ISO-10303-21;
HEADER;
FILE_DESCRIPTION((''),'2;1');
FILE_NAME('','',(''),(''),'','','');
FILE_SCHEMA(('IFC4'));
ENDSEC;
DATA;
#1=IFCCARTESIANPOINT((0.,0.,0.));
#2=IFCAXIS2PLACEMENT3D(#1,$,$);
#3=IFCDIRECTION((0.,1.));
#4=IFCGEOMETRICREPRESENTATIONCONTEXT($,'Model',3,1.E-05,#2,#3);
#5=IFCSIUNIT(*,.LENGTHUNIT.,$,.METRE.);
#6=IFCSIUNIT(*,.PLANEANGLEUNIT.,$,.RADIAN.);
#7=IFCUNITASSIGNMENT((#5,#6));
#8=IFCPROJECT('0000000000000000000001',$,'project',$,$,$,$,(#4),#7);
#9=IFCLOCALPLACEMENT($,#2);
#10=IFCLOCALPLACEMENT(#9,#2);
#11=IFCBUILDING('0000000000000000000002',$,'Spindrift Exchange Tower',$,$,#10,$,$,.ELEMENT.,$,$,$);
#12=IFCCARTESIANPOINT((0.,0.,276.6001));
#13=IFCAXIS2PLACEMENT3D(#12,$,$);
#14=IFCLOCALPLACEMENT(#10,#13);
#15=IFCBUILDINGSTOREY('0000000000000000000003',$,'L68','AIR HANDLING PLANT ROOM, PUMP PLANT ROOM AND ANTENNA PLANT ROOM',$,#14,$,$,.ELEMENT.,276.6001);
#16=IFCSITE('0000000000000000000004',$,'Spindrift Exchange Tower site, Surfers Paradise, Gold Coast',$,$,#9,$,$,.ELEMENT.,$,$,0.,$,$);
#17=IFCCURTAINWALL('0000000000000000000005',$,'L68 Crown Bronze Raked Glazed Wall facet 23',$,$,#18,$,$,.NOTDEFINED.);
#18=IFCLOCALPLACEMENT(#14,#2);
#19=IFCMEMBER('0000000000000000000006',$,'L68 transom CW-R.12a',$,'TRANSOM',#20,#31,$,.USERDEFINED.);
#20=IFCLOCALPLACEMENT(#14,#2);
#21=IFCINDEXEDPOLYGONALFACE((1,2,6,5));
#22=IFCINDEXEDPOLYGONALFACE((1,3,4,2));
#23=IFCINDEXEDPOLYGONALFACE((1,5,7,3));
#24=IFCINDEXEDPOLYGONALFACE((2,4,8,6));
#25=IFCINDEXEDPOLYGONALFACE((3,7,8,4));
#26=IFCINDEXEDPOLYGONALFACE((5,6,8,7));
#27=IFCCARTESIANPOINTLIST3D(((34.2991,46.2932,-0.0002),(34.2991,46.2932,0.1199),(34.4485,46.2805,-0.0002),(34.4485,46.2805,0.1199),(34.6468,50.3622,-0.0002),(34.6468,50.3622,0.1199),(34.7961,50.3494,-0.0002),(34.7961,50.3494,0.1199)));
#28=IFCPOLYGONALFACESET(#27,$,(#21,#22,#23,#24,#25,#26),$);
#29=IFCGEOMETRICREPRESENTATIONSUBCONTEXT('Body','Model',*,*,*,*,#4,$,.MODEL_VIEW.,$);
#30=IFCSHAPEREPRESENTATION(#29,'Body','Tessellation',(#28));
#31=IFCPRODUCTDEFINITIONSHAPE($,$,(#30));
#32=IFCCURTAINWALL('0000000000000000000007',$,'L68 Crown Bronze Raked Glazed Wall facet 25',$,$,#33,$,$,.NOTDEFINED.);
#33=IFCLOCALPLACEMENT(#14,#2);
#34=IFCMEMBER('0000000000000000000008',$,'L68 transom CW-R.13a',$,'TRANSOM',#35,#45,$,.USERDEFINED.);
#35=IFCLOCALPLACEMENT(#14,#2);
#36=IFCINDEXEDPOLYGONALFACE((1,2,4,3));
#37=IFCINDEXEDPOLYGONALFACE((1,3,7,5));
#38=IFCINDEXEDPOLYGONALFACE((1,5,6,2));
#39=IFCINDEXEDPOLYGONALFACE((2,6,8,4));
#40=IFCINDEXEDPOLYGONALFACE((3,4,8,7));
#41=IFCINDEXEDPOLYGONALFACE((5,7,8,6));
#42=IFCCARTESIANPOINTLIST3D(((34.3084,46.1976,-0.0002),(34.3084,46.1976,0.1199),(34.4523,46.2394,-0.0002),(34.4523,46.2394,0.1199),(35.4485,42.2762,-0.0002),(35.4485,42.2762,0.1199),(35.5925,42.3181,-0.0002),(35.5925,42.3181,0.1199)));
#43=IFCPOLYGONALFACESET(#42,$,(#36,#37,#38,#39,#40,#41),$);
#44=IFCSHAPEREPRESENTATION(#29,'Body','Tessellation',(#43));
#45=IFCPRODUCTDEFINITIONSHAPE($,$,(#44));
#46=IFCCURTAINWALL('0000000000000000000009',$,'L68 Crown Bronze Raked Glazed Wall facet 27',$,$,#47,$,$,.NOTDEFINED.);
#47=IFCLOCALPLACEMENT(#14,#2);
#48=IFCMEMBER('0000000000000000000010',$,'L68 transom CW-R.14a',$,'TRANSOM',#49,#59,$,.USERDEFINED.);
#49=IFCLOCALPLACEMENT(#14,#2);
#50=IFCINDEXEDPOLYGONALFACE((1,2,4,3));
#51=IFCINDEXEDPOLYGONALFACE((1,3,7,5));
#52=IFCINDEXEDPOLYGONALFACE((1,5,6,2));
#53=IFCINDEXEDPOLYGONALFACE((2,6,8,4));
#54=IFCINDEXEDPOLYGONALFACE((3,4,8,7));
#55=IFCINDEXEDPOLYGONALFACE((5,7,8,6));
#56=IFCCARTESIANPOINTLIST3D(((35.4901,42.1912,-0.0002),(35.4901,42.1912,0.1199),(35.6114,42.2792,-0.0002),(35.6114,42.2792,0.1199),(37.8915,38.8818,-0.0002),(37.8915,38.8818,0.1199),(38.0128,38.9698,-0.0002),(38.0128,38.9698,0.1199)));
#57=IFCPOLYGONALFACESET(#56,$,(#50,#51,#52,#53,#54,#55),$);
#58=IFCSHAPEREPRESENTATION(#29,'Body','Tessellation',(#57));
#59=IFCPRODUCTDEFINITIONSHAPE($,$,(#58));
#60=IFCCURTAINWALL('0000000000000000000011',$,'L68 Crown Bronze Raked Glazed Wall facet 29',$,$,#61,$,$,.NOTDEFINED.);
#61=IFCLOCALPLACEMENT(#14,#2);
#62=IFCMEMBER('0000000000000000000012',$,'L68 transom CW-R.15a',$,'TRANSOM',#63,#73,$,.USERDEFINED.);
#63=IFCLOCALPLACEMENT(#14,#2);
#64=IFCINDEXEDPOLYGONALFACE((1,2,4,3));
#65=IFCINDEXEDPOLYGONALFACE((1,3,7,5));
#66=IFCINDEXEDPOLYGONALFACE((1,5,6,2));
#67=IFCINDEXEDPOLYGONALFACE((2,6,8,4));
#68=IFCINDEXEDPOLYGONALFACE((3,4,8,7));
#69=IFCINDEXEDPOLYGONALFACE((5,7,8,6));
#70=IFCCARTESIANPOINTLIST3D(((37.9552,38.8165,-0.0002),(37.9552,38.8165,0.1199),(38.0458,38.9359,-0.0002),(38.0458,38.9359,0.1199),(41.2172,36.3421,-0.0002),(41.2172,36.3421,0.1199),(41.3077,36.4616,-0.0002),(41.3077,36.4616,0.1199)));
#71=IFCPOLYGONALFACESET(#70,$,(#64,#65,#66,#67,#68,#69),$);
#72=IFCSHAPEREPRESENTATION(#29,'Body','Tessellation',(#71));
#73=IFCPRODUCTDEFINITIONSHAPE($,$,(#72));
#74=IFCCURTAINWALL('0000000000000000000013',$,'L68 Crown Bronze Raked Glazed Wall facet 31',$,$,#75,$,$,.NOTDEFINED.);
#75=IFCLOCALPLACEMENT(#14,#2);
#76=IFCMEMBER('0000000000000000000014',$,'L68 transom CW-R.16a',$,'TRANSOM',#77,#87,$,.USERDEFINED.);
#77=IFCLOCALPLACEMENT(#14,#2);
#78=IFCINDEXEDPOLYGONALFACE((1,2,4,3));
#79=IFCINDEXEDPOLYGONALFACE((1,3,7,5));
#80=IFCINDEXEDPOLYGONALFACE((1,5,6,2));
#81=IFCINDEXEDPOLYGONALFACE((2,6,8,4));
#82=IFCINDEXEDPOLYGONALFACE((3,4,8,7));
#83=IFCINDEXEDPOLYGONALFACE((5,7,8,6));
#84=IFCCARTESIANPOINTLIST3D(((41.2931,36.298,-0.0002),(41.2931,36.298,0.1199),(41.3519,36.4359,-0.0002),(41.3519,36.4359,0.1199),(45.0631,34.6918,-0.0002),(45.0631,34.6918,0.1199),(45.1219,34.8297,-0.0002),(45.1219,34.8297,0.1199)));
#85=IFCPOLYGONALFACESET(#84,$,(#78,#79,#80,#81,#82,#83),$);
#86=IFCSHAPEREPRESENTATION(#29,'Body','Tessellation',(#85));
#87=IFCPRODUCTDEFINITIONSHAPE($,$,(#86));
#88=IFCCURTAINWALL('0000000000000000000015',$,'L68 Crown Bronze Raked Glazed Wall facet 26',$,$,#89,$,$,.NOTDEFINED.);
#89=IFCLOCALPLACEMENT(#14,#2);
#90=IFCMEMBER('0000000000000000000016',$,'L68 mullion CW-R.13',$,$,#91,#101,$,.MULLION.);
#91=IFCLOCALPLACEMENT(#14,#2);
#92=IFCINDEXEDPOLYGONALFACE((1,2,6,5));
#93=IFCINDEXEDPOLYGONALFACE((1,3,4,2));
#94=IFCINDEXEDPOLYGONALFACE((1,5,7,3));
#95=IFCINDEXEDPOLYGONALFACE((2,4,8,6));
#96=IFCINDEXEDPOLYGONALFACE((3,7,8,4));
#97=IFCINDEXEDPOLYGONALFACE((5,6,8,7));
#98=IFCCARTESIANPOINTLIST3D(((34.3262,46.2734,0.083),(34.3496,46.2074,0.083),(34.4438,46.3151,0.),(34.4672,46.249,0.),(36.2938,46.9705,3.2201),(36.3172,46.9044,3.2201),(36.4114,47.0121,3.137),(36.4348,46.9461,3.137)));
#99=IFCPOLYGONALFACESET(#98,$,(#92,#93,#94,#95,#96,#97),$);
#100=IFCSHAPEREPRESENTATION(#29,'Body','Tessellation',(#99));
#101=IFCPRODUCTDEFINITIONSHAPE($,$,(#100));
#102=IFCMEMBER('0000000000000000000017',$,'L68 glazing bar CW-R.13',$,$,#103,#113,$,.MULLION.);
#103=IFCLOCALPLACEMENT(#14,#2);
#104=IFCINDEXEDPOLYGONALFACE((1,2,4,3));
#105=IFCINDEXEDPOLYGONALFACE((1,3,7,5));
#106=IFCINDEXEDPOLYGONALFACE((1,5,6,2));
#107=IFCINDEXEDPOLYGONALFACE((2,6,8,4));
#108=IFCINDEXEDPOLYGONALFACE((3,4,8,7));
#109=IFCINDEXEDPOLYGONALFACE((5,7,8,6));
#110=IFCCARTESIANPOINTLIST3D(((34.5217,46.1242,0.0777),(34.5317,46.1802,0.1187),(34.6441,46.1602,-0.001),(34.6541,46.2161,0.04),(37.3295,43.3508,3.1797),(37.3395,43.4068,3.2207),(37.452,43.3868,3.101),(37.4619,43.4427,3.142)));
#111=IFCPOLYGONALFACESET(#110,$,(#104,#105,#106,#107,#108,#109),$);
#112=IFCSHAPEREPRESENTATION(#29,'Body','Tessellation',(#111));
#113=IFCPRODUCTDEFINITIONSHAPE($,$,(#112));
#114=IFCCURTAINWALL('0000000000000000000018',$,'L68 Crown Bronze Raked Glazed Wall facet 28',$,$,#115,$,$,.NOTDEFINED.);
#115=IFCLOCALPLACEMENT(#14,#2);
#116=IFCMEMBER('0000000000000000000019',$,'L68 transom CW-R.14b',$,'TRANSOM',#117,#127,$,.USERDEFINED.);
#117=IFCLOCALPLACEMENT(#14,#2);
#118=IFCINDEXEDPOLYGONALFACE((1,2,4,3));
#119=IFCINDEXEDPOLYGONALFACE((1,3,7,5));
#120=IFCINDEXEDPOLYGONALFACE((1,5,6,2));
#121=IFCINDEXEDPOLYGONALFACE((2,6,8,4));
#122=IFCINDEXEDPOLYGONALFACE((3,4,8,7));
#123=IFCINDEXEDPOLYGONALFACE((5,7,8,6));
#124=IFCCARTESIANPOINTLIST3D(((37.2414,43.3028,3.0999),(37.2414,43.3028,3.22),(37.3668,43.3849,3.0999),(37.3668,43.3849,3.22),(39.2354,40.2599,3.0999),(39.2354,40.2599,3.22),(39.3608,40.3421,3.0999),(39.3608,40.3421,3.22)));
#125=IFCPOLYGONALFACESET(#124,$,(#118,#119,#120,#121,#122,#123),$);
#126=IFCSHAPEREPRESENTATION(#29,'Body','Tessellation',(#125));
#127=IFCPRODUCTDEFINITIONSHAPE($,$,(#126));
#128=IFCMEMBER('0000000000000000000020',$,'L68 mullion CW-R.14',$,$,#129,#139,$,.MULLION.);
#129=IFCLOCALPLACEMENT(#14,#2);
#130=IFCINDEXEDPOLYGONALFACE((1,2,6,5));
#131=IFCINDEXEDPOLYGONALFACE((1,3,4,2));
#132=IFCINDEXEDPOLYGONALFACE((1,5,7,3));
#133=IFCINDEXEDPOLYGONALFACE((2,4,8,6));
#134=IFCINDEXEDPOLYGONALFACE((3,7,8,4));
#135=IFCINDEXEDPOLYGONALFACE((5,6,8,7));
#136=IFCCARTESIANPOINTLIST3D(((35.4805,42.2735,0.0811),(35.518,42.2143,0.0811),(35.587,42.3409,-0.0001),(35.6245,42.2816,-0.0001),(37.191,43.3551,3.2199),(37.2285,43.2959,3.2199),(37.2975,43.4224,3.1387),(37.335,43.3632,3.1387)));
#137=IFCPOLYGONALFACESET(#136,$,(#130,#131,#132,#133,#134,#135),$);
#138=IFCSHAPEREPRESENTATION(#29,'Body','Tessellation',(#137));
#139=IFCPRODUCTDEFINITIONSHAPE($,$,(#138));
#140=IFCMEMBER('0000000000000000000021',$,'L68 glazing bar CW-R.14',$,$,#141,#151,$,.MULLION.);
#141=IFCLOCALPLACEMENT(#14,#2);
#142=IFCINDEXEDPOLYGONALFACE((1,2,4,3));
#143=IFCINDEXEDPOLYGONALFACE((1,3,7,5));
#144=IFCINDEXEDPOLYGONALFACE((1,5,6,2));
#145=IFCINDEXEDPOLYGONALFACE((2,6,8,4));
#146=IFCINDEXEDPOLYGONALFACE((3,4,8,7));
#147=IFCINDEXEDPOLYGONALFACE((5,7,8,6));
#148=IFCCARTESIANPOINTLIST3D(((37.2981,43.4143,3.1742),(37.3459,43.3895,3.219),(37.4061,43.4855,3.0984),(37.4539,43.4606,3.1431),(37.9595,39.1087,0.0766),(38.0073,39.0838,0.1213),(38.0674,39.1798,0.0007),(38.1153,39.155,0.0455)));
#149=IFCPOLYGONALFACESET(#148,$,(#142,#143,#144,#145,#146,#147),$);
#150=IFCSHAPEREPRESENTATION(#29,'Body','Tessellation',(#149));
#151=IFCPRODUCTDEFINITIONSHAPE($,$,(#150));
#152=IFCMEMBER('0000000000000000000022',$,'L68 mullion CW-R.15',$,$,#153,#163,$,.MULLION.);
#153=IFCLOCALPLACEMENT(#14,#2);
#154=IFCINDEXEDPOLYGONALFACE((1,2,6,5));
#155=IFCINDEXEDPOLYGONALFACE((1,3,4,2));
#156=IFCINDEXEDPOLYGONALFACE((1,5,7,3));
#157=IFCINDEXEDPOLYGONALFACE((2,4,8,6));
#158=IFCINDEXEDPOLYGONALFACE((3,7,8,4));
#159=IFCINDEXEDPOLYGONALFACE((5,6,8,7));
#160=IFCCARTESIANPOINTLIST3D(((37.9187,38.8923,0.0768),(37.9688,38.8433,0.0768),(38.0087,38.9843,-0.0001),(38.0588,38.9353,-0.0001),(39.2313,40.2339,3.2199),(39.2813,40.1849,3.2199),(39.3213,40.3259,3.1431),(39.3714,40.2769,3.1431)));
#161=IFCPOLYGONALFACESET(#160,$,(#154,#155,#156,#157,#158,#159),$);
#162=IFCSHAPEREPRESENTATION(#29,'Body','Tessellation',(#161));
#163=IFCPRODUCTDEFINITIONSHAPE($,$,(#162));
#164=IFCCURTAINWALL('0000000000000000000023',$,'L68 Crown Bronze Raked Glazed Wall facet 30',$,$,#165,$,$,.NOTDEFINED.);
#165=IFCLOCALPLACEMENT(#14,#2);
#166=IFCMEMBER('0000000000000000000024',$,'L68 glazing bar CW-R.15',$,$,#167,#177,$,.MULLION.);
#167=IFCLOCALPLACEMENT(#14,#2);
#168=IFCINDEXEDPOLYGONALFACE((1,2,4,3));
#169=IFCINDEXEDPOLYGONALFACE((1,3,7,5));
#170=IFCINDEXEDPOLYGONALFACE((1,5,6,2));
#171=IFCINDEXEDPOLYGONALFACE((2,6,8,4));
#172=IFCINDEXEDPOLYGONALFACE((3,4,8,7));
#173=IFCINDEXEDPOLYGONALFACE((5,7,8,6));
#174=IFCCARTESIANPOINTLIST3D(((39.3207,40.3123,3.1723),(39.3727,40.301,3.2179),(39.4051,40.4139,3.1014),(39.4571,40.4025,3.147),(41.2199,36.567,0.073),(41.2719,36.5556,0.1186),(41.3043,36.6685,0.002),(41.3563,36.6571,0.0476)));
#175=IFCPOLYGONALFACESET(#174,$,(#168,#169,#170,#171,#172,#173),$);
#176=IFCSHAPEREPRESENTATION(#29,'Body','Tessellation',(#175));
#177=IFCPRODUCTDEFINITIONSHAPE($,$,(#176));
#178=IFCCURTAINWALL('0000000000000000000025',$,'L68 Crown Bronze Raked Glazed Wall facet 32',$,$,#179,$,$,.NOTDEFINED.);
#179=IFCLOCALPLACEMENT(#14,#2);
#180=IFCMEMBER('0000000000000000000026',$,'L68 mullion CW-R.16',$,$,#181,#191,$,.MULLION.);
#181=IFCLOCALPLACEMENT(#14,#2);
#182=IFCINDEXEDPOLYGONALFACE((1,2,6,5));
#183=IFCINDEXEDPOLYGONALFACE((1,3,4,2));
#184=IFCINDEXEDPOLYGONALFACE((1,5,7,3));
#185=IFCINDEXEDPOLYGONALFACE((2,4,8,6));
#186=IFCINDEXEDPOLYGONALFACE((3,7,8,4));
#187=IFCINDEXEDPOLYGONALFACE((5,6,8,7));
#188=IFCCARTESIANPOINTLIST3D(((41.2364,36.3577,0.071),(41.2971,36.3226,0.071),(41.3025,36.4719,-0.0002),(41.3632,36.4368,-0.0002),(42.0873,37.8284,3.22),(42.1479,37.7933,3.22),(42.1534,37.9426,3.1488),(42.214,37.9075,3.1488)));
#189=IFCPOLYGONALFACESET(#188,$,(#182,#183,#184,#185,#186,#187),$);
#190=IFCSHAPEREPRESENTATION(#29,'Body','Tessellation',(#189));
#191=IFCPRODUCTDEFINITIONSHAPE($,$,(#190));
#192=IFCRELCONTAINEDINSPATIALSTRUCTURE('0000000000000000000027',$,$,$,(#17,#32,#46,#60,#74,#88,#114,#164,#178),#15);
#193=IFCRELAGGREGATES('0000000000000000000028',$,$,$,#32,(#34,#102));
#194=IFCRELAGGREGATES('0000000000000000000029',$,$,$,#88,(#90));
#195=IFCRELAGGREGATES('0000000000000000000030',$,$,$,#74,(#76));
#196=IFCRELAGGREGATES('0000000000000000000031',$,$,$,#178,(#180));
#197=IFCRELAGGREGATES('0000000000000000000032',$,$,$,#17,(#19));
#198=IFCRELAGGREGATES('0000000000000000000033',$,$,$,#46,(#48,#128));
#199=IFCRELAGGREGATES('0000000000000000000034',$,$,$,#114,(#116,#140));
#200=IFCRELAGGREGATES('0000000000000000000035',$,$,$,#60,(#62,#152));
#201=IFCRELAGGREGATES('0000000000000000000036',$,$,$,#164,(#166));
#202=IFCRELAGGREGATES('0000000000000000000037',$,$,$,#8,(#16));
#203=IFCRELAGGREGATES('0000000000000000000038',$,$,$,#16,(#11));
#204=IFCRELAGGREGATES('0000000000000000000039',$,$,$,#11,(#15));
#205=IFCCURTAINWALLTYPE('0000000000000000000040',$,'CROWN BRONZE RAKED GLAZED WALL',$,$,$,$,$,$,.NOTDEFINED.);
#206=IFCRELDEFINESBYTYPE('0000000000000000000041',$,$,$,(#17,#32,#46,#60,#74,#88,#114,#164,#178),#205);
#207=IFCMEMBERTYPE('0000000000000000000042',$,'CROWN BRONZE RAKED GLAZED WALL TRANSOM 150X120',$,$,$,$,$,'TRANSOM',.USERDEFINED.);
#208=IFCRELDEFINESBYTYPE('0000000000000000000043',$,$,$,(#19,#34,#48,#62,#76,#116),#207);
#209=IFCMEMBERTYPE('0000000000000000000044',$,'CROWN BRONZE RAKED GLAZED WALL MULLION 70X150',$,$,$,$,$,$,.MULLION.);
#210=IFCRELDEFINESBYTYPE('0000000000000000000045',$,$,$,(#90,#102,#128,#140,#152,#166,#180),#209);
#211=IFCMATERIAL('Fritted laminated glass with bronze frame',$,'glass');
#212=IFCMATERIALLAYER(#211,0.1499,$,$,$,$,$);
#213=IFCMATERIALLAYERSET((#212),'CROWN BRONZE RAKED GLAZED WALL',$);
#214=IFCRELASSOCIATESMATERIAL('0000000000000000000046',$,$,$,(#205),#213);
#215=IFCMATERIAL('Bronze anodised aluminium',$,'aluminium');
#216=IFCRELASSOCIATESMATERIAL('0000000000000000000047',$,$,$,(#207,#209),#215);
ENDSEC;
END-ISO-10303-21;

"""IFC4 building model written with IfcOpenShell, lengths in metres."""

from ifc_helpers import new_model, si_unit, direction, frame, origin, origin_2d, place, context, subcontext, project, spatial, rectangle, extrude, source, transform, mapped, material, layer, layer_set, material_profile, profile_set, type_object, element, aggregate, save


model = new_model("IFC4")

# Units and contexts
model_context = context("Model", 3, precision=1e-05, world=origin(), true_north=direction((0.0, 1.0)))
body_context = subcontext(model_context, "Body", "Model", "MODEL_VIEW")
ifc_project = project(units=[si_unit("LENGTHUNIT", "METRE"), si_unit("PLANEANGLEUNIT", "RADIAN")], contexts=[model_context])

# Site, building, storey
site_placement = place(None, origin())
site = spatial("IfcSite", under=ifc_project, at=site_placement, Name="Spindrift Exchange Tower site, Surfers Paradise, Gold Coast", CompositionType="ELEMENT", RefElevation=0.0)
building_placement = place(site_placement, origin())
building = spatial("IfcBuilding", under=site, at=building_placement, Name="Spindrift Exchange Tower", CompositionType="ELEMENT")
storey_placement = place(building_placement, frame((0.0, 0.0, 276.6001)))
storey = spatial("IfcBuildingStorey", under=building, at=storey_placement, Name="L68", Description="AIR HANDLING PLANT ROOM, PUMP PLANT ROOM AND ANTENNA PLANT ROOM", CompositionType="ELEMENT", Elevation=276.6001)

# Curtain walls, members
ifc_material_1 = material(Name="Fritted laminated glass with bronze frame", Category="glass")
ifc_layer_1 = layer(ifc_material_1, 0.1499)
ifc_layer_set_1 = layer_set([ifc_layer_1], Name="CROWN BRONZE RAKED GLAZED WALL")
curtain_wall_type = type_object("IfcCurtainWallType", Name="CROWN BRONZE RAKED GLAZED WALL", PredefinedType="NOTDEFINED", material=ifc_layer_set_1)
curtain_wall_1_placement = place(storey_placement, origin())
curtain_wall_1 = element("IfcCurtainWall", 1, at=curtain_wall_1_placement, inside=storey, type_object=curtain_wall_type, Name="L68 Crown Bronze Raked Glazed Wall facet 23", PredefinedType="NOTDEFINED")
ifc_material_2 = material(Name="Bronze anodised aluminium", Category="aluminium")
ifc_material_profile_1 = material_profile(ifc_material_2, rectangle(XDim=0.1499, YDim=0.1201, at=origin_2d()), Name="CROWN BRONZE RAKED GLAZED WALL TRANSOM 150X120")
ifc_profile_set_1 = profile_set([ifc_material_profile_1], Name="Bronze anodised aluminium")
member_type_1 = type_object("IfcMemberType", Name="CROWN BRONZE RAKED GLAZED WALL TRANSOM 150X120", ElementType="TRANSOM", PredefinedType="USERDEFINED", material=ifc_profile_set_1)
shared_shape_1 = source(origin(), body_context, "Body", "SweptSolid", [
    extrude(rectangle(XDim=0.1499, YDim=0.1201, at=origin_2d()), origin(), (0.0, 0.0, 1.0), 4.0837),
])
member_1_placement = place(storey_placement, frame((34.3738, 46.2869, 0.0598), z_axis=(0.085133, 0.99637, 0.0), x_axis=(-0.99637, 0.085133, 0.0)))
member_1 = element("IfcMember", 2, at=member_1_placement, type_object=member_type_1, Name="L68 transom CW-R.12a", ObjectType="TRANSOM", PredefinedType="USERDEFINED", context=body_context, shape_type="MappedRepresentation", body=[
    mapped(shared_shape_1, transform((0.0, 0.0, 0.0), scale=1.0)),
])
curtain_wall_2_placement = place(storey_placement, origin())
curtain_wall_2 = element("IfcCurtainWall", 3, at=curtain_wall_2_placement, inside=storey, type_object=curtain_wall_type, Name="L68 Crown Bronze Raked Glazed Wall facet 25", PredefinedType="NOTDEFINED")
member_2_placement = place(storey_placement, frame((34.3804, 46.2185, 0.0598), z_axis=(0.279187, -0.960237, 0.0), x_axis=(0.960237, 0.279187, 0.0)))
member_2 = element("IfcMember", 4, at=member_2_placement, type_object=member_type_1, Name="L68 transom CW-R.13a", ObjectType="TRANSOM", PredefinedType="USERDEFINED", context=body_context, shape_type="MappedRepresentation", body=[
    mapped(shared_shape_1, transform((0.0, 0.0, 0.0), scale=1.0)),
])
curtain_wall_3_placement = place(storey_placement, origin())
curtain_wall_3 = element("IfcCurtainWall", 5, at=curtain_wall_3_placement, inside=storey, type_object=curtain_wall_type, Name="L68 Crown Bronze Raked Glazed Wall facet 27", PredefinedType="NOTDEFINED")
shared_shape_2 = source(origin(), body_context, "Body", "SweptSolid", [
    extrude(rectangle(XDim=0.1499, YDim=0.1201, at=origin_2d()), origin(), (0.0, 0.0, 1.0), 4.0889),
])
member_3_placement = place(storey_placement, frame((37.9521, 38.9258, 0.0598), z_axis=(-0.587305, 0.809366, 0.0), x_axis=(-0.809366, -0.587305, 0.0)))
member_3 = element("IfcMember", 6, at=member_3_placement, type_object=member_type_1, Name="L68 transom CW-R.14a", ObjectType="TRANSOM", PredefinedType="USERDEFINED", context=body_context, shape_type="MappedRepresentation", body=[
    mapped(shared_shape_2, transform((0.0, 0.0, 0.0), scale=1.0)),
])
curtain_wall_4_placement = place(storey_placement, origin())
curtain_wall_4 = element("IfcCurtainWall", 7, at=curtain_wall_4_placement, inside=storey, type_object=curtain_wall_type, Name="L68 Crown Bronze Raked Glazed Wall facet 29", PredefinedType="NOTDEFINED")
shared_shape_3 = source(origin(), body_context, "Body", "SweptSolid", [
    extrude(rectangle(XDim=0.1499, YDim=0.1201, at=origin_2d()), origin(), (0.0, 0.0, 1.0), 4.0942),
])
member_4_placement = place(storey_placement, frame((41.2625, 36.4019, 0.0598), z_axis=(-0.796718, 0.604351, 0.0), x_axis=(-0.604351, -0.796718, 0.0)))
member_4 = element("IfcMember", 8, at=member_4_placement, type_object=member_type_1, Name="L68 transom CW-R.15a", ObjectType="TRANSOM", PredefinedType="USERDEFINED", context=body_context, shape_type="MappedRepresentation", body=[
    mapped(shared_shape_3, transform((0.0, 0.0, 0.0), scale=1.0)),
])
curtain_wall_5_placement = place(storey_placement, origin())
curtain_wall_5 = element("IfcCurtainWall", 9, at=curtain_wall_5_placement, inside=storey, type_object=curtain_wall_type, Name="L68 Crown Bronze Raked Glazed Wall facet 31", PredefinedType="NOTDEFINED")
shared_shape_4 = source(origin(), body_context, "Body", "SweptSolid", [
    extrude(rectangle(XDim=0.1499, YDim=0.1201, at=origin_2d()), origin(), (0.0, 0.0, 1.0), 4.0979),
])
member_5_placement = place(storey_placement, frame((41.3225, 36.3669, 0.0598), z_axis=(0.919984, -0.391955, 0.0), x_axis=(0.391955, 0.919984, 0.0)))
member_5 = element("IfcMember", 10, at=member_5_placement, type_object=member_type_1, Name="L68 transom CW-R.16a", ObjectType="TRANSOM", PredefinedType="USERDEFINED", context=body_context, shape_type="MappedRepresentation", body=[
    mapped(shared_shape_4, transform((0.0, 0.0, 0.0), scale=1.0)),
])
curtain_wall_6_placement = place(storey_placement, origin())
curtain_wall_6 = element("IfcCurtainWall", 11, at=curtain_wall_6_placement, inside=storey, type_object=curtain_wall_type, Name="L68 Crown Bronze Raked Glazed Wall facet 26", PredefinedType="NOTDEFINED")
ifc_material_profile_2 = material_profile(ifc_material_2, rectangle(XDim=0.0701, YDim=0.1499, at=origin_2d()), Name="CROWN BRONZE RAKED GLAZED WALL MULLION 70X150")
ifc_profile_set_2 = profile_set([ifc_material_profile_2], Name="Bronze anodised aluminium")
member_type_2 = type_object("IfcMemberType", Name="CROWN BRONZE RAKED GLAZED WALL MULLION 70X150", PredefinedType="MULLION", material=ifc_profile_set_2)
shared_shape_5 = source(origin(), body_context, "Body", "SweptSolid", [
    extrude(rectangle(XDim=0.0701, YDim=0.1499, at=origin_2d()), origin(), (0.0, 0.0, 1.0), 3.7681),
])
member_6_placement = place(storey_placement, frame((34.3967, 46.2612, 0.0415), z_axis=(0.522173, 0.184986, 0.832535), x_axis=(-0.333927, 0.942599, 0.0)))
member_6 = element("IfcMember", 12, at=member_6_placement, type_object=member_type_2, Name="L68 mullion CW-R.13", PredefinedType="MULLION", context=body_context, shape_type="MappedRepresentation", body=[
    mapped(shared_shape_5, transform((0.0, 0.0, 0.0), scale=1.0)),
])

# Member
shared_shape_6 = source(origin(), body_context, "Body", "SweptSolid", [
    extrude(rectangle(XDim=0.0701, YDim=0.1499, at=origin_2d()), origin(), (0.0, 0.0, 1.0), 5.0198),
])
member_7_placement = place(storey_placement, frame((34.5879, 46.1702, 0.0588), z_axis=(0.559353, -0.552496, 0.617959), x_axis=(0.141916, 0.798311, 0.585286)))
member_7 = element("IfcMember", 13, at=member_7_placement, type_object=member_type_2, Name="L68 glazing bar CW-R.13", PredefinedType="MULLION", context=body_context, shape_type="MappedRepresentation", body=[
    mapped(shared_shape_6, transform((0.0, 0.0, 0.0), scale=1.0)),
])

# Curtain wall, member
curtain_wall_7_placement = place(storey_placement, origin())
curtain_wall_7 = element("IfcCurtainWall", 14, at=curtain_wall_7_placement, inside=storey, type_object=curtain_wall_type, Name="L68 Crown Bronze Raked Glazed Wall facet 28", PredefinedType="NOTDEFINED")
shared_shape_7 = source(origin(), body_context, "Body", "SweptSolid", [
    extrude(rectangle(XDim=0.1499, YDim=0.1201, at=origin_2d()), origin(), (0.0, 0.0, 1.0), 3.6379),
])
member_8_placement = place(storey_placement, frame((39.2981, 40.301, 3.1599), z_axis=(-0.548101, 0.836412, 0.0), x_axis=(-0.836412, -0.548101, 0.0)))
member_8 = element("IfcMember", 15, at=member_8_placement, type_object=member_type_1, Name="L68 transom CW-R.14b", ObjectType="TRANSOM", PredefinedType="USERDEFINED", context=body_context, shape_type="MappedRepresentation", body=[
    mapped(shared_shape_7, transform((0.0, 0.0, 0.0), scale=1.0)),
])

# Members
shared_shape_8 = source(origin(), body_context, "Body", "SweptSolid", [
    extrude(rectangle(XDim=0.0701, YDim=0.1499, at=origin_2d()), origin(), (0.0, 0.0, 1.0), 3.7346),
])
member_9_placement = place(storey_placement, frame((35.5525, 42.2776, 0.0405), z_axis=(0.458011, 0.289607, 0.840449), x_axis=(-0.534438, 0.845208, 0.0)))
member_9 = element("IfcMember", 16, at=member_9_placement, type_object=member_type_2, Name="L68 mullion CW-R.14", PredefinedType="MULLION", context=body_context, shape_type="MappedRepresentation", body=[
    mapped(shared_shape_8, transform((0.0, 0.0, 0.0), scale=1.0)),
])
shared_shape_9 = source(origin(), body_context, "Body", "SweptSolid", [
    extrude(rectangle(XDim=0.0701, YDim=0.1499, at=origin_2d()), origin(), (0.0, 0.0, 1.0), 5.3452),
])
member_10_placement = place(storey_placement, frame((38.0374, 39.1318, 0.061), z_axis=(-0.123732, 0.805513, 0.579516), x_axis=(-0.682468, 0.354877, -0.638983)))
member_10 = element("IfcMember", 17, at=member_10_placement, type_object=member_type_2, Name="L68 glazing bar CW-R.14", PredefinedType="MULLION", context=body_context, shape_type="MappedRepresentation", body=[
    mapped(shared_shape_9, transform((0.0, 0.0, 0.0), scale=1.0)),
])
shared_shape_10 = source(origin(), body_context, "Body", "SweptSolid", [
    extrude(rectangle(XDim=0.0701, YDim=0.1499, at=origin_2d()), origin(), (0.0, 0.0, 1.0), 3.6609),
])
member_11_placement = place(storey_placement, frame((37.9888, 38.9138, 0.0383), z_axis=(0.35853, 0.366467, 0.858579), x_axis=(-0.714804, 0.699325, 0.0)))
member_11 = element("IfcMember", 18, at=member_11_placement, type_object=member_type_2, Name="L68 mullion CW-R.15", PredefinedType="MULLION", context=body_context, shape_type="MappedRepresentation", body=[
    mapped(shared_shape_10, transform((0.0, 0.0, 0.0), scale=1.0)),
])

# Curtain walls, members
curtain_wall_8_placement = place(storey_placement, origin())
curtain_wall_8 = element("IfcCurtainWall", 19, at=curtain_wall_8_placement, inside=storey, type_object=curtain_wall_type, Name="L68 Crown Bronze Raked Glazed Wall facet 30", PredefinedType="NOTDEFINED")
shared_shape_11 = source(origin(), body_context, "Body", "SweptSolid", [
    extrude(rectangle(XDim=0.0701, YDim=0.1499, at=origin_2d()), origin(), (0.0, 0.0, 1.0), 5.2192),
])
member_12_placement = place(storey_placement, frame((41.2881, 36.6121, 0.0603), z_axis=(-0.363877, 0.717604, 0.593833), x_axis=(-0.741865, 0.162229, -0.650629)))
member_12 = element("IfcMember", 20, at=member_12_placement, type_object=member_type_2, Name="L68 glazing bar CW-R.15", PredefinedType="MULLION", context=body_context, shape_type="MappedRepresentation", body=[
    mapped(shared_shape_11, transform((0.0, 0.0, 0.0), scale=1.0)),
])
curtain_wall_9_placement = place(storey_placement, origin())
curtain_wall_9 = element("IfcCurtainWall", 21, at=curtain_wall_9_placement, inside=storey, type_object=curtain_wall_type, Name="L68 Crown Bronze Raked Glazed Wall facet 32", PredefinedType="NOTDEFINED")
shared_shape_12 = source(origin(), body_context, "Body", "SweptSolid", [
    extrude(rectangle(XDim=0.0701, YDim=0.1499, at=origin_2d()), origin(), (0.0, 0.0, 1.0), 3.5781),
])
member_13_placement = place(storey_placement, frame((41.2998, 36.3972, 0.0354), z_axis=(0.23779, 0.411032, 0.880062), x_axis=(-0.865587, 0.500759, 0.0)))
member_13 = element("IfcMember", 22, at=member_13_placement, type_object=member_type_2, Name="L68 mullion CW-R.16", PredefinedType="MULLION", context=body_context, shape_type="MappedRepresentation", body=[
    mapped(shared_shape_12, transform((0.0, 0.0, 0.0), scale=1.0)),
])

aggregate(curtain_wall_2, [member_2, member_7])
aggregate(curtain_wall_6, [member_6])
aggregate(curtain_wall_5, [member_5])
aggregate(curtain_wall_9, [member_13])
aggregate(curtain_wall_1, [member_1])
aggregate(curtain_wall_3, [member_3, member_9])
aggregate(curtain_wall_7, [member_8, member_10])
aggregate(curtain_wall_4, [member_4, member_11])
aggregate(curtain_wall_8, [member_12])

save(model, "model.ifc")
